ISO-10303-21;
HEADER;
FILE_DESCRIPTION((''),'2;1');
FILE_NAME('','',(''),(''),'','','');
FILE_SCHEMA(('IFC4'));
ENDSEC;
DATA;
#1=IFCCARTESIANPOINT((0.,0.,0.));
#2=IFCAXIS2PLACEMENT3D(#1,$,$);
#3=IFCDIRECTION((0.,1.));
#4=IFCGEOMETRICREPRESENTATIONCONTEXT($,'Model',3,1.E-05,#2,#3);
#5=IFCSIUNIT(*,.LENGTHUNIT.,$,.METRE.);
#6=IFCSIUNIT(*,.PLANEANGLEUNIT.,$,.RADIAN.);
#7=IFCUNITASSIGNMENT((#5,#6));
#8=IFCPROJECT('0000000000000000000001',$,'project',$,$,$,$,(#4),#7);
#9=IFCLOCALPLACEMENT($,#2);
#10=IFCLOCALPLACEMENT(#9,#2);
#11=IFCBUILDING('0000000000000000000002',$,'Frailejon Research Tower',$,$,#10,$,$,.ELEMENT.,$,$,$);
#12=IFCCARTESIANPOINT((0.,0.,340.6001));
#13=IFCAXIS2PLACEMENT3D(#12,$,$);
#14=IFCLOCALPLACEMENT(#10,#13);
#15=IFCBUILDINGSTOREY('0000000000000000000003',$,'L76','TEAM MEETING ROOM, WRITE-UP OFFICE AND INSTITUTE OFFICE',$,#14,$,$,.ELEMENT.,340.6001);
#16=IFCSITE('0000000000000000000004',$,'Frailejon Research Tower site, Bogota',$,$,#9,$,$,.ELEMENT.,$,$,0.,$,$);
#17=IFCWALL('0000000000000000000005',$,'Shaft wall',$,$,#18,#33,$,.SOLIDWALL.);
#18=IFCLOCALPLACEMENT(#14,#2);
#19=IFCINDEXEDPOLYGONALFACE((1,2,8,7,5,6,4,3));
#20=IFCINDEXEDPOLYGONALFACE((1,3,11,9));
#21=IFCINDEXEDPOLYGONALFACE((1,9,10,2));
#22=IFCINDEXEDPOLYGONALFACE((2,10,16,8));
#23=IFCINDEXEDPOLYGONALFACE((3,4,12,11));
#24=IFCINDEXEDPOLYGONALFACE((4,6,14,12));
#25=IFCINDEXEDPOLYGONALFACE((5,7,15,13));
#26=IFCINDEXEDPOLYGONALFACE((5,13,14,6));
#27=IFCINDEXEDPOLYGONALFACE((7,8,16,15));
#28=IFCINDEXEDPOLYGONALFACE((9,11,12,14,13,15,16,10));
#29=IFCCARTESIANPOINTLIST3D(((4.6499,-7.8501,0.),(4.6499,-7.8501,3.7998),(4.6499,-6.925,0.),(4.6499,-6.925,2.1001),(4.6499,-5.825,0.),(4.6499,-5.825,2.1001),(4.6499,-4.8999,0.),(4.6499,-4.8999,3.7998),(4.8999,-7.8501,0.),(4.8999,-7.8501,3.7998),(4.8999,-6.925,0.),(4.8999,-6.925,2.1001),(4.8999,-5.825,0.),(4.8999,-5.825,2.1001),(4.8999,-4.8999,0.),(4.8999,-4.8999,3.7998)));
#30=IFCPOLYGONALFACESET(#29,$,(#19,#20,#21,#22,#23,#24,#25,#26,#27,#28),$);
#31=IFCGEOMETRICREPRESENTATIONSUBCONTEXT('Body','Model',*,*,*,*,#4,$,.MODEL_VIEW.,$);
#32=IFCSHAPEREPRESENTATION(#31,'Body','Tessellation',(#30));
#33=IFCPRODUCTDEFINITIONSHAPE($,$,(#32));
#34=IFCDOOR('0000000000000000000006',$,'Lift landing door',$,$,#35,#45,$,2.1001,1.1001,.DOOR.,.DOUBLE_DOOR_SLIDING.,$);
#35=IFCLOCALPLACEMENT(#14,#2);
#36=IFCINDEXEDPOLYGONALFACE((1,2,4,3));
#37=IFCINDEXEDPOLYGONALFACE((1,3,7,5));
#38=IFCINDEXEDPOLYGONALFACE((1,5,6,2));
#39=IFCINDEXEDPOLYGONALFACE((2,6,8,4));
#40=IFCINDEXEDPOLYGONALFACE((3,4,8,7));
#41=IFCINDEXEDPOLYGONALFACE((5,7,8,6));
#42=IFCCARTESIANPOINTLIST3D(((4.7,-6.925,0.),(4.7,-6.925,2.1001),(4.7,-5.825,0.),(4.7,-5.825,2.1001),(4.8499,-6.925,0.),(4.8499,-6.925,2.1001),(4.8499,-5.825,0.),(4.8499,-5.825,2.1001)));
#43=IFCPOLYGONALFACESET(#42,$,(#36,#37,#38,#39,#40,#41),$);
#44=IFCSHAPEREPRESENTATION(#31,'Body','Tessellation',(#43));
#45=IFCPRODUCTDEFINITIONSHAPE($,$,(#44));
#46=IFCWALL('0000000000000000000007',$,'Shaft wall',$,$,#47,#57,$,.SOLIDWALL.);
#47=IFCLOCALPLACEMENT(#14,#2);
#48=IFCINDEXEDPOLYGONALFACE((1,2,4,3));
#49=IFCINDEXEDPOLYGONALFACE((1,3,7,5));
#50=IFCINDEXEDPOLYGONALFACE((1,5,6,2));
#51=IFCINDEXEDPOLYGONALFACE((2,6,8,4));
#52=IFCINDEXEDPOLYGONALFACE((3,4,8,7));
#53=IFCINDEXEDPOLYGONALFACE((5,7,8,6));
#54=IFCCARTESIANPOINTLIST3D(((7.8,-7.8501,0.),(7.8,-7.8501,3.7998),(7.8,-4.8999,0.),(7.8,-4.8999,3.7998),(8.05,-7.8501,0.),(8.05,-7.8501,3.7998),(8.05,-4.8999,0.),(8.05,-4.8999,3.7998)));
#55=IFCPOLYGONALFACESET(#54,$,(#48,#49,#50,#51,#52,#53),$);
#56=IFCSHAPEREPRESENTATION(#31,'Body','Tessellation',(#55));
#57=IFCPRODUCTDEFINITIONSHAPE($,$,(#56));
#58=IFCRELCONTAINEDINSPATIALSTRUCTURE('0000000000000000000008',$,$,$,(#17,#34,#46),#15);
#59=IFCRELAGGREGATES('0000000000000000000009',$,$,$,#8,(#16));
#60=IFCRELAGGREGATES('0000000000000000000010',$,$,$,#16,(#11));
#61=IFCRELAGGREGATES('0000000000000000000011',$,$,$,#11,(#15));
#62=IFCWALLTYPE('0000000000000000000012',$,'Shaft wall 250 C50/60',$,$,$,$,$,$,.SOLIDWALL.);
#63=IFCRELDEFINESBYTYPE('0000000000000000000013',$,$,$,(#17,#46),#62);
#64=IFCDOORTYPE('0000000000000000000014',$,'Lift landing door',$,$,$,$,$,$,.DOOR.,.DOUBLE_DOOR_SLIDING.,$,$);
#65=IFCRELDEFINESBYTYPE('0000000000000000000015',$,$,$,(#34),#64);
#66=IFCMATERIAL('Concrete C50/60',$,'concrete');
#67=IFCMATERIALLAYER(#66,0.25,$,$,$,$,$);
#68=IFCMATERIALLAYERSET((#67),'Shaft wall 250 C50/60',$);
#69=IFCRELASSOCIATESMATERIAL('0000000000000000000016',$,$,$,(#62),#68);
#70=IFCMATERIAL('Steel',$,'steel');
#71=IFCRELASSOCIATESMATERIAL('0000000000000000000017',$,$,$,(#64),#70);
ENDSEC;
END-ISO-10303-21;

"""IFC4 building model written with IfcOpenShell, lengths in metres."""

from ifc_helpers import new_model, si_unit, direction, frame, frame_2d, origin, place, context, subcontext, project, spatial, rectangle, extrude, material, layer, layer_set, type_object, element, fill, save


model = new_model("IFC4")

# Units and contexts
model_context = context("Model", 3, precision=1e-05, world=origin(), true_north=direction((0.0, 1.0)))
body_context = subcontext(model_context, "Body", "Model", "MODEL_VIEW")
ifc_project = project(units=[si_unit("LENGTHUNIT", "METRE"), si_unit("PLANEANGLEUNIT", "RADIAN")], contexts=[model_context])

# Site, building, storey
site_placement = place(None, origin())
site = spatial("IfcSite", under=ifc_project, at=site_placement, Name="Frailejon Research Tower site, Bogota", CompositionType="ELEMENT", RefElevation=0.0)
building_placement = place(site_placement, origin())
building = spatial("IfcBuilding", under=site, at=building_placement, Name="Frailejon Research Tower", CompositionType="ELEMENT")
storey_placement = place(building_placement, frame((0.0, 0.0, 340.6001)))
storey = spatial("IfcBuildingStorey", under=building, at=storey_placement, Name="L76", Description="TEAM MEETING ROOM, WRITE-UP OFFICE AND INSTITUTE OFFICE", CompositionType="ELEMENT", Elevation=340.6001)

# Wall, opening, door
ifc_material_1 = material(Name="Concrete C50/60", Category="concrete")
ifc_layer_1 = layer(ifc_material_1, 0.25)
ifc_layer_set_1 = layer_set([ifc_layer_1], Name="Shaft wall 250 C50/60")
wall_type_1 = type_object("IfcWallType", Name="Shaft wall 250 C50/60", PredefinedType="SOLIDWALL", material=ifc_layer_set_1)
wall_1_placement = place(storey_placement, frame((4.7749, -7.8501, 0.0), z_axis=(0.0, 0.0, 1.0), x_axis=(0.0, 1.0, 0.0)))
wall_1 = element("IfcWall", 1, at=wall_1_placement, inside=storey, type_object=wall_type_1, Name="Shaft wall", PredefinedType="SOLIDWALL", context=body_context, shape_type="SweptSolid", body=[
    extrude(rectangle(XDim=2.9502, YDim=0.25, at=frame_2d((1.4751, 0.0))), origin(), (0.0, 0.0, 1.0), 3.7998),
])
opening_1_placement = place(wall_1_placement, frame((0.925, 0.0, 0.0)))
opening_1 = element("IfcOpeningElement", 2, at=opening_1_placement, cuts=wall_1, PredefinedType="OPENING", context=body_context, shape_type="SweptSolid", body=[
    extrude(rectangle(XDim=1.1001, YDim=2.1001, at=frame_2d((0.55, 1.05))), frame((0.0, 0.135, 0.0), z_axis=(0.0, -1.0, 0.0), x_axis=(1.0, 0.0, 0.0)), (0.0, 0.0, 1.0), 0.27),
])
ifc_material_2 = material(Name="Steel", Category="steel")
door_type_1 = type_object("IfcDoorType", Name="Lift landing door", OperationType="DOUBLE_DOOR_SLIDING", PredefinedType="DOOR", material=ifc_material_2)
door_1_placement = place(opening_1_placement, origin())
door_1 = element("IfcDoor", 3, at=door_1_placement, inside=storey, type_object=door_type_1, Name="Lift landing door", OperationType="DOUBLE_DOOR_SLIDING", OverallHeight=2.1001, OverallWidth=1.1001, PredefinedType="DOOR", context=body_context, shape_type="SweptSolid", body=[
    extrude(rectangle(XDim=1.1001, YDim=2.1001, at=frame_2d((0.55, 1.05))), frame((0.0, 0.075, 0.0), z_axis=(0.0, -1.0, 0.0), x_axis=(1.0, 0.0, 0.0)), (0.0, 0.0, 1.0), 0.1499),
])
fill(opening_1, door_1)

# Wall
wall_2_placement = place(storey_placement, frame((7.925, -7.8501, 0.0), z_axis=(0.0, 0.0, 1.0), x_axis=(0.0, 1.0, 0.0)))
element("IfcWall", 4, at=wall_2_placement, inside=storey, type_object=wall_type_1, Name="Shaft wall", PredefinedType="SOLIDWALL", context=body_context, shape_type="SweptSolid", body=[
    extrude(rectangle(XDim=2.9502, YDim=0.25, at=frame_2d((1.4751, 0.0))), origin(), (0.0, 0.0, 1.0), 3.7998),
])

save(model, "model.ifc")
